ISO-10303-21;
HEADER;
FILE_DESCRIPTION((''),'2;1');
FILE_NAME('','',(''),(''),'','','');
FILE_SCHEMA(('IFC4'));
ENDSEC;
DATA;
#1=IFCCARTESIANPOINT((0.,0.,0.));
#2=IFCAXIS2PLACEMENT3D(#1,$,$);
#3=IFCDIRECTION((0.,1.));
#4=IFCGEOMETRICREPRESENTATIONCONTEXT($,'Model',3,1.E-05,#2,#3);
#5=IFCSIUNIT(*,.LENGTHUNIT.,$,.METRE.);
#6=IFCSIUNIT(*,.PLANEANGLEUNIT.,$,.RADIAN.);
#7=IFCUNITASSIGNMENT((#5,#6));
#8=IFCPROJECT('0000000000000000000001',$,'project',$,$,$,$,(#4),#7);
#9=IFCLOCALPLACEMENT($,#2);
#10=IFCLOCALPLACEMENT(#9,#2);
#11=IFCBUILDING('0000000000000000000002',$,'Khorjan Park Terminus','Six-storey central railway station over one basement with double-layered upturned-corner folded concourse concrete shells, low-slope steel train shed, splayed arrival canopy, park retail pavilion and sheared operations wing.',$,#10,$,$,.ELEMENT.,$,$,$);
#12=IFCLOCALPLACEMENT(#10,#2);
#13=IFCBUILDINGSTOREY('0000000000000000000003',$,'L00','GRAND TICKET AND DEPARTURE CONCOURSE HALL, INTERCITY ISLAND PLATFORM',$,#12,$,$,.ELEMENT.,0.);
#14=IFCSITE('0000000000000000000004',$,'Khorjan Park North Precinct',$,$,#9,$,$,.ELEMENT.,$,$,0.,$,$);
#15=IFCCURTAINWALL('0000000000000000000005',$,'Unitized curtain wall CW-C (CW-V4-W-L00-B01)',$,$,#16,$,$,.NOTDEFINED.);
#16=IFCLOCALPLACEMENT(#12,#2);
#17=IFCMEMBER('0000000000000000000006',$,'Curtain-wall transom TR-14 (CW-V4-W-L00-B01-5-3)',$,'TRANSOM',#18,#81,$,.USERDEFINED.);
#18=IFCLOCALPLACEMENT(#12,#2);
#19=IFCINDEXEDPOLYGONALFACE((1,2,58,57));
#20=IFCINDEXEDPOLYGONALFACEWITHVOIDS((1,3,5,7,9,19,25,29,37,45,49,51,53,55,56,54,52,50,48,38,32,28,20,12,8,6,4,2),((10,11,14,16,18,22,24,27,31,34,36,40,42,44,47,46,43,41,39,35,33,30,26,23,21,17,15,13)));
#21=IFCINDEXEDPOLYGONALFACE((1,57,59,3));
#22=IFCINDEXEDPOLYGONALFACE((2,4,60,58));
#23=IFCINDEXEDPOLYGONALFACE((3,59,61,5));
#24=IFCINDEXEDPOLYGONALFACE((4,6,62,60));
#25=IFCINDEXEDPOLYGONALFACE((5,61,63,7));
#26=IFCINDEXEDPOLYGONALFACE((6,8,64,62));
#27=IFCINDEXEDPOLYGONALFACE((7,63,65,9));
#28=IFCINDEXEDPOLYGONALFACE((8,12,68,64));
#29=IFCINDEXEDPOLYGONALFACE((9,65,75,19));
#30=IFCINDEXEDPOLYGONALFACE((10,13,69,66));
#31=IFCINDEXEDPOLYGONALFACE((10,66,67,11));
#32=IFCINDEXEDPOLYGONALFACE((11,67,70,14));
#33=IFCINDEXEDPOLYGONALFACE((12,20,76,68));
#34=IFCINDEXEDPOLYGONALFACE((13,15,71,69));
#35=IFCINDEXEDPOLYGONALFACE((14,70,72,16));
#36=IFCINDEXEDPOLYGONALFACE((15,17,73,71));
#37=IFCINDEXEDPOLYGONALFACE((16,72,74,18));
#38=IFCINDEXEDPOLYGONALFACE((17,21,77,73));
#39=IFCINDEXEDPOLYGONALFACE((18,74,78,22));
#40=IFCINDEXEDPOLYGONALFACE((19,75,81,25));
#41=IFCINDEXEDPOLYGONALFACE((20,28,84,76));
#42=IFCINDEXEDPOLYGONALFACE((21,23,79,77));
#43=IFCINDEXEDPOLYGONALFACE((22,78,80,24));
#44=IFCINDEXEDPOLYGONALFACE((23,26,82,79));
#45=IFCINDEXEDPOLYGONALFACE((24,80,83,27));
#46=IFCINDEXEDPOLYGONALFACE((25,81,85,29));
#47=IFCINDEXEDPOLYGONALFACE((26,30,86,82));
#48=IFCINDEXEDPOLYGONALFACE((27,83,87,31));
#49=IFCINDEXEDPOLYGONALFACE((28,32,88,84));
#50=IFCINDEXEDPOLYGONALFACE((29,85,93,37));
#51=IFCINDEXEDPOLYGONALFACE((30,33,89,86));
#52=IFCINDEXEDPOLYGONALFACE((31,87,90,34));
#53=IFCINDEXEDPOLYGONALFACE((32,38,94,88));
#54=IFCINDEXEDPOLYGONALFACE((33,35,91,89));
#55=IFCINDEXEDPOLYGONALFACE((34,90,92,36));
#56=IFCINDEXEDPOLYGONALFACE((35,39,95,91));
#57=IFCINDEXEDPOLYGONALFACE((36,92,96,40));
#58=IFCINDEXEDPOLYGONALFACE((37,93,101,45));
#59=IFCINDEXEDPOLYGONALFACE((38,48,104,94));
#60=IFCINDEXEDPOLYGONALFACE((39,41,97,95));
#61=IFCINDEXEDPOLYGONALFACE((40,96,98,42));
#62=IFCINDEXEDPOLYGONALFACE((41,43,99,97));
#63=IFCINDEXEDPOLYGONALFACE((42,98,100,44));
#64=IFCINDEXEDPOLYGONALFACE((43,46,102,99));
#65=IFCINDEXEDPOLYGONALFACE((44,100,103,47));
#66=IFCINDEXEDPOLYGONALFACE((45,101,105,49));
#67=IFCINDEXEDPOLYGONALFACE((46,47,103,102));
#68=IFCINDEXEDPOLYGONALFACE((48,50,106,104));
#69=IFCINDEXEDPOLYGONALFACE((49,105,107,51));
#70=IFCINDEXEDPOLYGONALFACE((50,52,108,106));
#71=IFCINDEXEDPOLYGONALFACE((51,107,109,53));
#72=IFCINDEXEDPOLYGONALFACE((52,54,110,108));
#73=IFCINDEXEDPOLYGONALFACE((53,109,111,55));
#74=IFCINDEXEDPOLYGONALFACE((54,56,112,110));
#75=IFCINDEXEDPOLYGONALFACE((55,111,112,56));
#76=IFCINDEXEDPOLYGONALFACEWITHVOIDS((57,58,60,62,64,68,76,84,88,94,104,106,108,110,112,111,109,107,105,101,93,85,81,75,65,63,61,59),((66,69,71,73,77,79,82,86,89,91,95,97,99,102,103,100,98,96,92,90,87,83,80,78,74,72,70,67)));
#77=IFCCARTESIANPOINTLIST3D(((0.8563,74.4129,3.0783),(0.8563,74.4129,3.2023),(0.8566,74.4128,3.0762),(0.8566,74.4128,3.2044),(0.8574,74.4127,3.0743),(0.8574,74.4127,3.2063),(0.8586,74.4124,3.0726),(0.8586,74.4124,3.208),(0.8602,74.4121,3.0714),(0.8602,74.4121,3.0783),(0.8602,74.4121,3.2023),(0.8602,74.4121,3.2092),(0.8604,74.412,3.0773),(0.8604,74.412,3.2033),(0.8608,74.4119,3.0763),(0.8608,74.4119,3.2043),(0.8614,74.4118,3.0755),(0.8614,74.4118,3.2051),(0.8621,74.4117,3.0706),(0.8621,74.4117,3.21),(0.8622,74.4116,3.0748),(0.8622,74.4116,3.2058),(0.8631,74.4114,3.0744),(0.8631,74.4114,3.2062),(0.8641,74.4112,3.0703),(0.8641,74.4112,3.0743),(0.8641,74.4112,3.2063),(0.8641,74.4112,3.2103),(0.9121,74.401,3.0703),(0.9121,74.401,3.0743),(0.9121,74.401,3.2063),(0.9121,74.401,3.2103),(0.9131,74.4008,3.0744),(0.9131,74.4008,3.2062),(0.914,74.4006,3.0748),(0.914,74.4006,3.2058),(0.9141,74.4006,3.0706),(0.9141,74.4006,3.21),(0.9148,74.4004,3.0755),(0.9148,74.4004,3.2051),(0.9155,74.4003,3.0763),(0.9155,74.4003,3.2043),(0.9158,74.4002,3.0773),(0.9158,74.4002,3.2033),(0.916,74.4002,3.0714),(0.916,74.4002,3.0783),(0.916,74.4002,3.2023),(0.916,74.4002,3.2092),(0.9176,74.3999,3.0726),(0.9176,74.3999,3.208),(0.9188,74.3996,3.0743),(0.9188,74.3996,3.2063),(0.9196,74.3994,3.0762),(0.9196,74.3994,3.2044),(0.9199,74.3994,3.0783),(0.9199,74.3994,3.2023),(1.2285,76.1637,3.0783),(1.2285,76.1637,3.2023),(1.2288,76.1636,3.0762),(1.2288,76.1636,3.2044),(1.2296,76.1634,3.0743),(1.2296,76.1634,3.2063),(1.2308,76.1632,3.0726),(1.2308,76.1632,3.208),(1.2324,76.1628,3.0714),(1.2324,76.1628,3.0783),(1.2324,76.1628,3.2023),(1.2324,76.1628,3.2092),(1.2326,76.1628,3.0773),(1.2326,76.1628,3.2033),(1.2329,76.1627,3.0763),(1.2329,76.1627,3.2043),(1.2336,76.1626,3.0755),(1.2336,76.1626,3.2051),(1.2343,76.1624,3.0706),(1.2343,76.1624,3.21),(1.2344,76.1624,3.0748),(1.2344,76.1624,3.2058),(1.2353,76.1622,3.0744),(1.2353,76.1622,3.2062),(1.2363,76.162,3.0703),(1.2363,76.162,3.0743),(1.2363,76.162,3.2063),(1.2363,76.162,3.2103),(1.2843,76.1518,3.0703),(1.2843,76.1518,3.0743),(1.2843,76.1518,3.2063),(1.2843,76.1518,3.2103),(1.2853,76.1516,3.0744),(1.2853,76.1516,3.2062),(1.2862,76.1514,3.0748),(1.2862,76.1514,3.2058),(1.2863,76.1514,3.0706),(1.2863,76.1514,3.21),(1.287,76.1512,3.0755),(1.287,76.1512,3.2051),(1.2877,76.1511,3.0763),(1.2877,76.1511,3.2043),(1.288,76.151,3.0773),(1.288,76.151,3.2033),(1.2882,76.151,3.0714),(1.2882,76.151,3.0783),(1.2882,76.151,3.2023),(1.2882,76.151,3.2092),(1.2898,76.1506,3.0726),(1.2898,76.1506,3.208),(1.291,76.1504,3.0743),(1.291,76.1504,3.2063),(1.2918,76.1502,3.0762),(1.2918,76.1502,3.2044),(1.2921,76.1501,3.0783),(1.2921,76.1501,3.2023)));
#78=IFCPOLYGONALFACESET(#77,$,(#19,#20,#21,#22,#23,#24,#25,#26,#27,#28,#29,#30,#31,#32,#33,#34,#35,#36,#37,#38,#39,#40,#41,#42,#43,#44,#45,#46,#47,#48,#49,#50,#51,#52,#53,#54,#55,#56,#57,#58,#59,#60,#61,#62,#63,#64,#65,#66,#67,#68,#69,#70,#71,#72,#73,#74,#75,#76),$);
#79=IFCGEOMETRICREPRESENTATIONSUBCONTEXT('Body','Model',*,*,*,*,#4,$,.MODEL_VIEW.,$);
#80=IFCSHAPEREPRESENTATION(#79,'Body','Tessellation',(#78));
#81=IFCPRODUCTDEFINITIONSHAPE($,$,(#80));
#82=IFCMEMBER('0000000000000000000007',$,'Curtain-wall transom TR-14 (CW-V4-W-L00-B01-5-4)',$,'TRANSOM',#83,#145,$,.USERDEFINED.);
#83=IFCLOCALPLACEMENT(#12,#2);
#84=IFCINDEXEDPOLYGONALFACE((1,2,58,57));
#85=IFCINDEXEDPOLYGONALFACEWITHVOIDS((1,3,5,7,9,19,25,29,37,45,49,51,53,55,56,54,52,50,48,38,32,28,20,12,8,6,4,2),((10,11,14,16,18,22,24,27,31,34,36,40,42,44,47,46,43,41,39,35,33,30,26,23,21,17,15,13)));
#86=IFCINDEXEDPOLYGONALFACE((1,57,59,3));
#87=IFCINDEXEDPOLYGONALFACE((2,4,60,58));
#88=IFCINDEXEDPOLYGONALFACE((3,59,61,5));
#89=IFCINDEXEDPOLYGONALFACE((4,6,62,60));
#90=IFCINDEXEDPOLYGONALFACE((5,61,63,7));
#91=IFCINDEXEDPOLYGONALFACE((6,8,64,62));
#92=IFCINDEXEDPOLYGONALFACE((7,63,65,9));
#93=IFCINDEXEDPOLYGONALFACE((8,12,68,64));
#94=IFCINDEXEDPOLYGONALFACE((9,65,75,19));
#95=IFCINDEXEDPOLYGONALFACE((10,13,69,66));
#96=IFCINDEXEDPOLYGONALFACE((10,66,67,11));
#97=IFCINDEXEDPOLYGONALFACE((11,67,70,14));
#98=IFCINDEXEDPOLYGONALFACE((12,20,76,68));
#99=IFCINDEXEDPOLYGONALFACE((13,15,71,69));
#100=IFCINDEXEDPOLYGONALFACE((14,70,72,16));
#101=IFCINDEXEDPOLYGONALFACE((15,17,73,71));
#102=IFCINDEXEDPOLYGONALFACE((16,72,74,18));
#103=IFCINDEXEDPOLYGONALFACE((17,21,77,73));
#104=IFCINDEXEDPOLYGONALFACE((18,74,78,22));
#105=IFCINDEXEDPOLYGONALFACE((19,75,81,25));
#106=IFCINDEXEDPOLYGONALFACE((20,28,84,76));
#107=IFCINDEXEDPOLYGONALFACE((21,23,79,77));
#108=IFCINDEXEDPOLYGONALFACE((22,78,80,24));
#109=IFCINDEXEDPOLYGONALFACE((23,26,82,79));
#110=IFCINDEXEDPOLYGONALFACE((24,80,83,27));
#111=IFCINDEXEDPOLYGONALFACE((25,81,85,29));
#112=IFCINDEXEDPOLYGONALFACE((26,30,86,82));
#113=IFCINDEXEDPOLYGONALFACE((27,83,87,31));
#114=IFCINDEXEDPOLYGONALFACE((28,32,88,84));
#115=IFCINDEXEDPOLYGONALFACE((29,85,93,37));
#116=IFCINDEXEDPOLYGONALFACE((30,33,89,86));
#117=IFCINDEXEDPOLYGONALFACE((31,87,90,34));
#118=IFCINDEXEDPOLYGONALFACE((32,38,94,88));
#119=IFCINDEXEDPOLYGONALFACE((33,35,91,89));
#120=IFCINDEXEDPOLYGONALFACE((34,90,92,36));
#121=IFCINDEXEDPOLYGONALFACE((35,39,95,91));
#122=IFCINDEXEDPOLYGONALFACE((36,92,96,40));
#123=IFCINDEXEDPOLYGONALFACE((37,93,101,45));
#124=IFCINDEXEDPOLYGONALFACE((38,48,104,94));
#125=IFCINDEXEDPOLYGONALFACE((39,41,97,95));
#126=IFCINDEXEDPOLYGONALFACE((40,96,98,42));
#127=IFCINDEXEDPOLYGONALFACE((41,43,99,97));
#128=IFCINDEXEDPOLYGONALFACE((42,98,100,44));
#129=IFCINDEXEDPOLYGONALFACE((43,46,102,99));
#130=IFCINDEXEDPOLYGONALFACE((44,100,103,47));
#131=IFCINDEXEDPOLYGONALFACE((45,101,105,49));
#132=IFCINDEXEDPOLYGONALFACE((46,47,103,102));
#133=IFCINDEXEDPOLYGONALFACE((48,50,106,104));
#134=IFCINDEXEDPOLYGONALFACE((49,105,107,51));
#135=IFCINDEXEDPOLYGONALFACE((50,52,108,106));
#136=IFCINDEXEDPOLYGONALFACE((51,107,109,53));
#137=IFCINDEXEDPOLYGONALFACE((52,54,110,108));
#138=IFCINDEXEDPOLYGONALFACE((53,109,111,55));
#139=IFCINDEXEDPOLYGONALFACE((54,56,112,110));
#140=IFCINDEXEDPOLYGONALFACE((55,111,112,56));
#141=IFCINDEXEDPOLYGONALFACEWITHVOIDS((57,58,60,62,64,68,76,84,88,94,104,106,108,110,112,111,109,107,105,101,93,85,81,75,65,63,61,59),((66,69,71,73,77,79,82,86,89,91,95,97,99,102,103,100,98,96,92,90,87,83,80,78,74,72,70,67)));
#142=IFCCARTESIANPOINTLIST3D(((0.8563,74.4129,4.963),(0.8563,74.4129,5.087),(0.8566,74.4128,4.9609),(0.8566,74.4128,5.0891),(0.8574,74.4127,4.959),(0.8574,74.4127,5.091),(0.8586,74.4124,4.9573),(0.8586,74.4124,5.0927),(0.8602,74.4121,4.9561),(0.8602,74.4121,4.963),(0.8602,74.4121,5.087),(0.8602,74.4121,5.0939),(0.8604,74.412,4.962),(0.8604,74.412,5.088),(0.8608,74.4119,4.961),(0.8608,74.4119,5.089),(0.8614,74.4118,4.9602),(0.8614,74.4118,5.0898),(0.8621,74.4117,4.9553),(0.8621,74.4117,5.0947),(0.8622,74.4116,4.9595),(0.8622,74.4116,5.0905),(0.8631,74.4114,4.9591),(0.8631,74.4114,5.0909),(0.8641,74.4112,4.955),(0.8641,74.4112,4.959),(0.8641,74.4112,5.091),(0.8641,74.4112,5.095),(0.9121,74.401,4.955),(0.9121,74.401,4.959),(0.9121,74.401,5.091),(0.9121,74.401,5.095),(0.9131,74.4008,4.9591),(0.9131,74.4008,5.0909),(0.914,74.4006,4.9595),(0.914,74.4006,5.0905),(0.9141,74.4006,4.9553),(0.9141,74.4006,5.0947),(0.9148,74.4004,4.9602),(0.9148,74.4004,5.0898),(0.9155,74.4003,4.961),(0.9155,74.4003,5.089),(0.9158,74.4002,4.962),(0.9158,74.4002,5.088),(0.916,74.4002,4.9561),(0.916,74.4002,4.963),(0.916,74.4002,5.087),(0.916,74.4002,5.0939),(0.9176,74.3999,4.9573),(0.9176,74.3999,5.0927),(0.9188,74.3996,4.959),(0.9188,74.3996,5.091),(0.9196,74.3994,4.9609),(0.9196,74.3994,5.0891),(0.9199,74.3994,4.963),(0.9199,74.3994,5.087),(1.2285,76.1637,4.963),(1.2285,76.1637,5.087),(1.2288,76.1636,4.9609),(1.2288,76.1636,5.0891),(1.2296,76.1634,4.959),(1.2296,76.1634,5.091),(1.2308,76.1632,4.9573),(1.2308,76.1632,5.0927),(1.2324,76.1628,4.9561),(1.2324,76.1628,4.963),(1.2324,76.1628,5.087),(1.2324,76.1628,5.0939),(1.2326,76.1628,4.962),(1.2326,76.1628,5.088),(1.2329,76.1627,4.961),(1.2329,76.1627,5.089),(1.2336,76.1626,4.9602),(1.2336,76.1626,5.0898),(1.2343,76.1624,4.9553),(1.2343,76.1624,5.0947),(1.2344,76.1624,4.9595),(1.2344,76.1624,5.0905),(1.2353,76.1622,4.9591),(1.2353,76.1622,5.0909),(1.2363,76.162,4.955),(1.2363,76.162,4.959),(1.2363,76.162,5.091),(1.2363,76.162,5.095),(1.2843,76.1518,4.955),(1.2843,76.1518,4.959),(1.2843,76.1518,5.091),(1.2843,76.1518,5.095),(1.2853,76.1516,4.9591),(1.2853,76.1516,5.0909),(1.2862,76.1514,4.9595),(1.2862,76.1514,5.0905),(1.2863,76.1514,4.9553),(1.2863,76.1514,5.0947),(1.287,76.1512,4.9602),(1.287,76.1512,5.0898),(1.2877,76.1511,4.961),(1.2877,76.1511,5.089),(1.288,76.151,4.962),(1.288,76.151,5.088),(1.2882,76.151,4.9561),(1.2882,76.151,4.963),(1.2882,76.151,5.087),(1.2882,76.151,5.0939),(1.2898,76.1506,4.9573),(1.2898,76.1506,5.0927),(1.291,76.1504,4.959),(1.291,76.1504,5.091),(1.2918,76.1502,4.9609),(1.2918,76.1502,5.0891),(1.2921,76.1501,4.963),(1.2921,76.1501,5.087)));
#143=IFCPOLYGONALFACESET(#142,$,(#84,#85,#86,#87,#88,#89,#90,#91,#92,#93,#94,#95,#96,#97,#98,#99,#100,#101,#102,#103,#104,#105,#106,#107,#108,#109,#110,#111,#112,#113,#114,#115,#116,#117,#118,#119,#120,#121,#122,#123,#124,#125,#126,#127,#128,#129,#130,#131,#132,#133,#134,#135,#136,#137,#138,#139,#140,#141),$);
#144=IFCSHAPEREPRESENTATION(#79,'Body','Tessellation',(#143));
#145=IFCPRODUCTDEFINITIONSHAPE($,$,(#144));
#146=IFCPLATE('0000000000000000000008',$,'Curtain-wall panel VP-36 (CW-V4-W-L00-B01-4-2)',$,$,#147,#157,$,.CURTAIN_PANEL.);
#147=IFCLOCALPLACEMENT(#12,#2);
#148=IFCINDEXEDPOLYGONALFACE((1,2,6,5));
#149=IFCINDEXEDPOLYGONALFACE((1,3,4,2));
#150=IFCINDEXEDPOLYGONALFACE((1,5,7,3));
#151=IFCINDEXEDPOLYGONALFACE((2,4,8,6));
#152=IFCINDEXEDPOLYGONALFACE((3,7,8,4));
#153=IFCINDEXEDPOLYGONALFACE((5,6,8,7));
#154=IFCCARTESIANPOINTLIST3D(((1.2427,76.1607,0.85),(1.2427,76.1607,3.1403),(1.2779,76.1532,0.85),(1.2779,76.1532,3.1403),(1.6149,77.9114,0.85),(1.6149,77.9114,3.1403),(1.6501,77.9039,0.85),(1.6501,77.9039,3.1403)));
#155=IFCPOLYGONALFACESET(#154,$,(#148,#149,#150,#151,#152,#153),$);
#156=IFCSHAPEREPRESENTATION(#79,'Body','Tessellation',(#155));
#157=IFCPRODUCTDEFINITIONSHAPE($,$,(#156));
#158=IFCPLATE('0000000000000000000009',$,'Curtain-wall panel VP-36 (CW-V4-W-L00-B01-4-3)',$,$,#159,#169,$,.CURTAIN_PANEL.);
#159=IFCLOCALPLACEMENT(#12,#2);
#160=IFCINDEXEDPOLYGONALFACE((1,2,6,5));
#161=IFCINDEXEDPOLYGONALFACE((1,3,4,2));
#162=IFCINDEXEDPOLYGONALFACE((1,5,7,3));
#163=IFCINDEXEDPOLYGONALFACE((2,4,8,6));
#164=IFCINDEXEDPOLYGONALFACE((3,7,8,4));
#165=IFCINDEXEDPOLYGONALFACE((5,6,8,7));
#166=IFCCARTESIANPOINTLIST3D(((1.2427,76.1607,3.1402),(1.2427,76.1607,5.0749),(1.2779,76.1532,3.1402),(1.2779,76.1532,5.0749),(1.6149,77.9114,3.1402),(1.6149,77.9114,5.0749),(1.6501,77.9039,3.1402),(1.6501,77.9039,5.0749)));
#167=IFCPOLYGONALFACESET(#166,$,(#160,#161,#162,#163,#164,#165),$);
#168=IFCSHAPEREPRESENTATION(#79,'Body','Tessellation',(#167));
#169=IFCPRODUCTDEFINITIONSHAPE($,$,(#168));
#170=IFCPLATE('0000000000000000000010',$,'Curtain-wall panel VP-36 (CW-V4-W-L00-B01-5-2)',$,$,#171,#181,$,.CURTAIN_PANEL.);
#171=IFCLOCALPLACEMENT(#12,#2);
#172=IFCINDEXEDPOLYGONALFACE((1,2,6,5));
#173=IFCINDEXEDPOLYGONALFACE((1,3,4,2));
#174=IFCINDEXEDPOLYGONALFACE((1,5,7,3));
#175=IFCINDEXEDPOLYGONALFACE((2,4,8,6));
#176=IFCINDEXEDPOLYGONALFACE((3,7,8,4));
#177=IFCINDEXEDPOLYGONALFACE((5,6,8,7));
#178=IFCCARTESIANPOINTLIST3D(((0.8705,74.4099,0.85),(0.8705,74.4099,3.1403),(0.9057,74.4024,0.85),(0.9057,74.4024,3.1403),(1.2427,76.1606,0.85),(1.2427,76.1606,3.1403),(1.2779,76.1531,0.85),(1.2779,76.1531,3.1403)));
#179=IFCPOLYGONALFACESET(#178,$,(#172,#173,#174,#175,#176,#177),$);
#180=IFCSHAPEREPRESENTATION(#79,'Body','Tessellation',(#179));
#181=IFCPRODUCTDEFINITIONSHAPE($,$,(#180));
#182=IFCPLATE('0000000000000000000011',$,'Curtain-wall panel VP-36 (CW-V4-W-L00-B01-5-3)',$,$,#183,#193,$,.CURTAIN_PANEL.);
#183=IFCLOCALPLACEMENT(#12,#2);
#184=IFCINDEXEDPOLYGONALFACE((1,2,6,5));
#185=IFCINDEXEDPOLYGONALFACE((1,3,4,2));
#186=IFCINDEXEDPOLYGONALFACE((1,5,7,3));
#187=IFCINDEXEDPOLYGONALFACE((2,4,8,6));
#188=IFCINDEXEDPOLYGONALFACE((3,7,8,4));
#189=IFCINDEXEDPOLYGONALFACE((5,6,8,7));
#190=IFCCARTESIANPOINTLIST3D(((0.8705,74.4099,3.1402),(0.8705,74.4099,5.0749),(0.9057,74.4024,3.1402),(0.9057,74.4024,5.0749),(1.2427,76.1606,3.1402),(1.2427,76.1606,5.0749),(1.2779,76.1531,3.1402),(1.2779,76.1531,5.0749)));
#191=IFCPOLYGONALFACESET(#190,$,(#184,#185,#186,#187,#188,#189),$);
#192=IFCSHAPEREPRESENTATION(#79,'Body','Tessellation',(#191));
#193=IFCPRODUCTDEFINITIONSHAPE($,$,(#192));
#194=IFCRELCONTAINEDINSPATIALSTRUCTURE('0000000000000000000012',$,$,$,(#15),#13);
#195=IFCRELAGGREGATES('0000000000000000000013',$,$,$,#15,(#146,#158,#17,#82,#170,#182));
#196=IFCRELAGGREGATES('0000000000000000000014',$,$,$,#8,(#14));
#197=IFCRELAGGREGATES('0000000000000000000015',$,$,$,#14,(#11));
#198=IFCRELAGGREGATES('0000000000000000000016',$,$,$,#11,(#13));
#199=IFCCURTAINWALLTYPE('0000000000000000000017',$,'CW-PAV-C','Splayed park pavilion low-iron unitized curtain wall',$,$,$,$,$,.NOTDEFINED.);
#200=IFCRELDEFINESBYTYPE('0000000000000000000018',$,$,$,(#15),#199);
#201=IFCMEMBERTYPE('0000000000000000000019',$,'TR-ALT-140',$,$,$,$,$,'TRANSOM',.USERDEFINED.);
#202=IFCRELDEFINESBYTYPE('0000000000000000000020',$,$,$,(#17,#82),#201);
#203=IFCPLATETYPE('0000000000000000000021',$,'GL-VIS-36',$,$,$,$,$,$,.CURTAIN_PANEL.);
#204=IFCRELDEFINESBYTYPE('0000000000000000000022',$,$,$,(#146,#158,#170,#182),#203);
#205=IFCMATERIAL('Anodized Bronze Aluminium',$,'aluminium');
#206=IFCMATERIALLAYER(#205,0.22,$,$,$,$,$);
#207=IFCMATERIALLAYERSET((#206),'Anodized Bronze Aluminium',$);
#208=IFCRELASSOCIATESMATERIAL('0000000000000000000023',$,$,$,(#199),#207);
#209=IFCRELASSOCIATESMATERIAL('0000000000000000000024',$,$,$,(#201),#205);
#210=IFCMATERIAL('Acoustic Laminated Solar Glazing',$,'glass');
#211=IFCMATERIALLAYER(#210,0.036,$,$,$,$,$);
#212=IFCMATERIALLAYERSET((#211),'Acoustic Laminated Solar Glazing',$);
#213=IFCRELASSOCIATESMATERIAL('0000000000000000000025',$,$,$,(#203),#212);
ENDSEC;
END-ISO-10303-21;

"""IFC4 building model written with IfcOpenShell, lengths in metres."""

from ifc_helpers import new_model, si_unit, direction, frame, origin, origin_2d, place, context, subcontext, project, spatial, rectangle, hollow_rectangle, extrude, material, layer, layer_set, material_profile, profile_set, type_object, element, aggregate, save


model = new_model("IFC4")

# Units and contexts
model_context = context("Model", 3, precision=1e-05, world=origin(), true_north=direction((0.0, 1.0)))
body_context = subcontext(model_context, "Body", "Model", "MODEL_VIEW")
ifc_project = project(units=[si_unit("LENGTHUNIT", "METRE"), si_unit("PLANEANGLEUNIT", "RADIAN")], contexts=[model_context])

# Site, building, storey
site_placement = place(None, origin())
site = spatial("IfcSite", under=ifc_project, at=site_placement, Name="Khorjan Park North Precinct", CompositionType="ELEMENT", RefElevation=0.0)
building_placement = place(site_placement, origin())
building = spatial("IfcBuilding", under=site, at=building_placement, Name="Khorjan Park Terminus", Description="Six-storey central railway station over one basement with double-layered upturned-corner folded concourse concrete shells, low-slope steel train shed, splayed arrival canopy, park retail pavilion and sheared operations wing.", CompositionType="ELEMENT")
storey_placement = place(building_placement, origin())
storey = spatial("IfcBuildingStorey", under=building, at=storey_placement, Name="L00", Description="GRAND TICKET AND DEPARTURE CONCOURSE HALL, INTERCITY ISLAND PLATFORM", CompositionType="ELEMENT", Elevation=0.0)

# Curtain wall, members, plates
ifc_material_1 = material(Name="Anodized Bronze Aluminium", Category="aluminium")
ifc_layer_1 = layer(ifc_material_1, 0.22)
ifc_layer_set_1 = layer_set([ifc_layer_1], Name="Anodized Bronze Aluminium")
curtain_wall_type = type_object("IfcCurtainWallType", Name="CW-PAV-C", Description="Splayed park pavilion low-iron unitized curtain wall", PredefinedType="NOTDEFINED", material=ifc_layer_set_1)
curtain_wall_placement = place(storey_placement, origin())
curtain_wall = element("IfcCurtainWall", 1, at=curtain_wall_placement, inside=storey, type_object=curtain_wall_type, Name="Unitized curtain wall CW-C (CW-V4-W-L00-B01)", PredefinedType="NOTDEFINED")
ifc_material_profile_1 = material_profile(ifc_material_1, hollow_rectangle(XDim=0.065, YDim=0.14, WallThickness=0.004, InnerFilletRadius=0.004, OuterFilletRadius=0.008, at=origin_2d()), Name="ALT 65x140x4")
ifc_profile_set_1 = profile_set([ifc_material_profile_1], Name="Anodized Bronze Aluminium")
member_type_1 = type_object("IfcMemberType", Name="TR-ALT-140", ElementType="TRANSOM", PredefinedType="USERDEFINED", material=ifc_profile_set_1)
member_1_placement = place(storey_placement, frame((1.2603, 76.1569, 3.1403), z_axis=(-0.207942, -0.978141, 0.0), x_axis=(0.978141, -0.207942, 0.0)))
member_1 = element("IfcMember", 2, at=member_1_placement, type_object=member_type_1, Name="Curtain-wall transom TR-14 (CW-V4-W-L00-B01-5-3)", ObjectType="TRANSOM", PredefinedType="USERDEFINED", context=body_context, shape_type="SweptSolid", body=[
    extrude(hollow_rectangle(XDim=0.065, YDim=0.14, WallThickness=0.004, InnerFilletRadius=0.004, OuterFilletRadius=0.008, at=origin_2d()), origin(), (0.0, 0.0, 1.0), 1.7899),
])
member_2_placement = place(storey_placement, frame((1.2603, 76.1569, 5.025), z_axis=(-0.207942, -0.978141, 0.0), x_axis=(0.978141, -0.207942, 0.0)))
member_2 = element("IfcMember", 3, at=member_2_placement, type_object=member_type_1, Name="Curtain-wall transom TR-14 (CW-V4-W-L00-B01-5-4)", ObjectType="TRANSOM", PredefinedType="USERDEFINED", context=body_context, shape_type="SweptSolid", body=[
    extrude(hollow_rectangle(XDim=0.065, YDim=0.14, WallThickness=0.004, InnerFilletRadius=0.004, OuterFilletRadius=0.008, at=origin_2d()), origin(), (0.0, 0.0, 1.0), 1.7899),
])
ifc_material_2 = material(Name="Acoustic Laminated Solar Glazing", Category="glass")
ifc_layer_2 = layer(ifc_material_2, 0.036)
ifc_layer_set_2 = layer_set([ifc_layer_2], Name="Acoustic Laminated Solar Glazing")
plate_type_1 = type_object("IfcPlateType", Name="GL-VIS-36", PredefinedType="CURTAIN_PANEL", material=ifc_layer_set_2)
plate_1_placement = place(storey_placement, frame((1.4464, 77.0323, 0.85), z_axis=(0.0, 0.0, 1.0), x_axis=(-0.207917, -0.978147, 0.0)))
plate_1 = element("IfcPlate", 4, at=plate_1_placement, type_object=plate_type_1, Name="Curtain-wall panel VP-36 (CW-V4-W-L00-B01-4-2)", PredefinedType="CURTAIN_PANEL", context=body_context, shape_type="SweptSolid", body=[
    extrude(rectangle(XDim=1.7899, YDim=0.036, at=origin_2d()), origin(), (0.0, 0.0, 1.0), 2.2903),
])
plate_2_placement = place(storey_placement, frame((1.4464, 77.0323, 3.1402), z_axis=(0.0, 0.0, 1.0), x_axis=(-0.207917, -0.978147, 0.0)))
plate_2 = element("IfcPlate", 5, at=plate_2_placement, type_object=plate_type_1, Name="Curtain-wall panel VP-36 (CW-V4-W-L00-B01-4-3)", PredefinedType="CURTAIN_PANEL", context=body_context, shape_type="SweptSolid", body=[
    extrude(rectangle(XDim=1.7899, YDim=0.036, at=origin_2d()), origin(), (0.0, 0.0, 1.0), 1.9347),
])
plate_3_placement = place(storey_placement, frame((1.0742, 75.2815, 0.85), z_axis=(0.0, 0.0, 1.0), x_axis=(-0.207917, -0.978147, 0.0)))
plate_3 = element("IfcPlate", 6, at=plate_3_placement, type_object=plate_type_1, Name="Curtain-wall panel VP-36 (CW-V4-W-L00-B01-5-2)", PredefinedType="CURTAIN_PANEL", context=body_context, shape_type="SweptSolid", body=[
    extrude(rectangle(XDim=1.7899, YDim=0.036, at=origin_2d()), origin(), (0.0, 0.0, 1.0), 2.2903),
])
plate_4_placement = place(storey_placement, frame((1.0742, 75.2815, 3.1402), z_axis=(0.0, 0.0, 1.0), x_axis=(-0.207917, -0.978147, 0.0)))
plate_4 = element("IfcPlate", 7, at=plate_4_placement, type_object=plate_type_1, Name="Curtain-wall panel VP-36 (CW-V4-W-L00-B01-5-3)", PredefinedType="CURTAIN_PANEL", context=body_context, shape_type="SweptSolid", body=[
    extrude(rectangle(XDim=1.7899, YDim=0.036, at=origin_2d()), origin(), (0.0, 0.0, 1.0), 1.9347),
])
aggregate(curtain_wall, [plate_1, plate_2, member_1, member_2, plate_3, plate_4])

save(model, "model.ifc")
